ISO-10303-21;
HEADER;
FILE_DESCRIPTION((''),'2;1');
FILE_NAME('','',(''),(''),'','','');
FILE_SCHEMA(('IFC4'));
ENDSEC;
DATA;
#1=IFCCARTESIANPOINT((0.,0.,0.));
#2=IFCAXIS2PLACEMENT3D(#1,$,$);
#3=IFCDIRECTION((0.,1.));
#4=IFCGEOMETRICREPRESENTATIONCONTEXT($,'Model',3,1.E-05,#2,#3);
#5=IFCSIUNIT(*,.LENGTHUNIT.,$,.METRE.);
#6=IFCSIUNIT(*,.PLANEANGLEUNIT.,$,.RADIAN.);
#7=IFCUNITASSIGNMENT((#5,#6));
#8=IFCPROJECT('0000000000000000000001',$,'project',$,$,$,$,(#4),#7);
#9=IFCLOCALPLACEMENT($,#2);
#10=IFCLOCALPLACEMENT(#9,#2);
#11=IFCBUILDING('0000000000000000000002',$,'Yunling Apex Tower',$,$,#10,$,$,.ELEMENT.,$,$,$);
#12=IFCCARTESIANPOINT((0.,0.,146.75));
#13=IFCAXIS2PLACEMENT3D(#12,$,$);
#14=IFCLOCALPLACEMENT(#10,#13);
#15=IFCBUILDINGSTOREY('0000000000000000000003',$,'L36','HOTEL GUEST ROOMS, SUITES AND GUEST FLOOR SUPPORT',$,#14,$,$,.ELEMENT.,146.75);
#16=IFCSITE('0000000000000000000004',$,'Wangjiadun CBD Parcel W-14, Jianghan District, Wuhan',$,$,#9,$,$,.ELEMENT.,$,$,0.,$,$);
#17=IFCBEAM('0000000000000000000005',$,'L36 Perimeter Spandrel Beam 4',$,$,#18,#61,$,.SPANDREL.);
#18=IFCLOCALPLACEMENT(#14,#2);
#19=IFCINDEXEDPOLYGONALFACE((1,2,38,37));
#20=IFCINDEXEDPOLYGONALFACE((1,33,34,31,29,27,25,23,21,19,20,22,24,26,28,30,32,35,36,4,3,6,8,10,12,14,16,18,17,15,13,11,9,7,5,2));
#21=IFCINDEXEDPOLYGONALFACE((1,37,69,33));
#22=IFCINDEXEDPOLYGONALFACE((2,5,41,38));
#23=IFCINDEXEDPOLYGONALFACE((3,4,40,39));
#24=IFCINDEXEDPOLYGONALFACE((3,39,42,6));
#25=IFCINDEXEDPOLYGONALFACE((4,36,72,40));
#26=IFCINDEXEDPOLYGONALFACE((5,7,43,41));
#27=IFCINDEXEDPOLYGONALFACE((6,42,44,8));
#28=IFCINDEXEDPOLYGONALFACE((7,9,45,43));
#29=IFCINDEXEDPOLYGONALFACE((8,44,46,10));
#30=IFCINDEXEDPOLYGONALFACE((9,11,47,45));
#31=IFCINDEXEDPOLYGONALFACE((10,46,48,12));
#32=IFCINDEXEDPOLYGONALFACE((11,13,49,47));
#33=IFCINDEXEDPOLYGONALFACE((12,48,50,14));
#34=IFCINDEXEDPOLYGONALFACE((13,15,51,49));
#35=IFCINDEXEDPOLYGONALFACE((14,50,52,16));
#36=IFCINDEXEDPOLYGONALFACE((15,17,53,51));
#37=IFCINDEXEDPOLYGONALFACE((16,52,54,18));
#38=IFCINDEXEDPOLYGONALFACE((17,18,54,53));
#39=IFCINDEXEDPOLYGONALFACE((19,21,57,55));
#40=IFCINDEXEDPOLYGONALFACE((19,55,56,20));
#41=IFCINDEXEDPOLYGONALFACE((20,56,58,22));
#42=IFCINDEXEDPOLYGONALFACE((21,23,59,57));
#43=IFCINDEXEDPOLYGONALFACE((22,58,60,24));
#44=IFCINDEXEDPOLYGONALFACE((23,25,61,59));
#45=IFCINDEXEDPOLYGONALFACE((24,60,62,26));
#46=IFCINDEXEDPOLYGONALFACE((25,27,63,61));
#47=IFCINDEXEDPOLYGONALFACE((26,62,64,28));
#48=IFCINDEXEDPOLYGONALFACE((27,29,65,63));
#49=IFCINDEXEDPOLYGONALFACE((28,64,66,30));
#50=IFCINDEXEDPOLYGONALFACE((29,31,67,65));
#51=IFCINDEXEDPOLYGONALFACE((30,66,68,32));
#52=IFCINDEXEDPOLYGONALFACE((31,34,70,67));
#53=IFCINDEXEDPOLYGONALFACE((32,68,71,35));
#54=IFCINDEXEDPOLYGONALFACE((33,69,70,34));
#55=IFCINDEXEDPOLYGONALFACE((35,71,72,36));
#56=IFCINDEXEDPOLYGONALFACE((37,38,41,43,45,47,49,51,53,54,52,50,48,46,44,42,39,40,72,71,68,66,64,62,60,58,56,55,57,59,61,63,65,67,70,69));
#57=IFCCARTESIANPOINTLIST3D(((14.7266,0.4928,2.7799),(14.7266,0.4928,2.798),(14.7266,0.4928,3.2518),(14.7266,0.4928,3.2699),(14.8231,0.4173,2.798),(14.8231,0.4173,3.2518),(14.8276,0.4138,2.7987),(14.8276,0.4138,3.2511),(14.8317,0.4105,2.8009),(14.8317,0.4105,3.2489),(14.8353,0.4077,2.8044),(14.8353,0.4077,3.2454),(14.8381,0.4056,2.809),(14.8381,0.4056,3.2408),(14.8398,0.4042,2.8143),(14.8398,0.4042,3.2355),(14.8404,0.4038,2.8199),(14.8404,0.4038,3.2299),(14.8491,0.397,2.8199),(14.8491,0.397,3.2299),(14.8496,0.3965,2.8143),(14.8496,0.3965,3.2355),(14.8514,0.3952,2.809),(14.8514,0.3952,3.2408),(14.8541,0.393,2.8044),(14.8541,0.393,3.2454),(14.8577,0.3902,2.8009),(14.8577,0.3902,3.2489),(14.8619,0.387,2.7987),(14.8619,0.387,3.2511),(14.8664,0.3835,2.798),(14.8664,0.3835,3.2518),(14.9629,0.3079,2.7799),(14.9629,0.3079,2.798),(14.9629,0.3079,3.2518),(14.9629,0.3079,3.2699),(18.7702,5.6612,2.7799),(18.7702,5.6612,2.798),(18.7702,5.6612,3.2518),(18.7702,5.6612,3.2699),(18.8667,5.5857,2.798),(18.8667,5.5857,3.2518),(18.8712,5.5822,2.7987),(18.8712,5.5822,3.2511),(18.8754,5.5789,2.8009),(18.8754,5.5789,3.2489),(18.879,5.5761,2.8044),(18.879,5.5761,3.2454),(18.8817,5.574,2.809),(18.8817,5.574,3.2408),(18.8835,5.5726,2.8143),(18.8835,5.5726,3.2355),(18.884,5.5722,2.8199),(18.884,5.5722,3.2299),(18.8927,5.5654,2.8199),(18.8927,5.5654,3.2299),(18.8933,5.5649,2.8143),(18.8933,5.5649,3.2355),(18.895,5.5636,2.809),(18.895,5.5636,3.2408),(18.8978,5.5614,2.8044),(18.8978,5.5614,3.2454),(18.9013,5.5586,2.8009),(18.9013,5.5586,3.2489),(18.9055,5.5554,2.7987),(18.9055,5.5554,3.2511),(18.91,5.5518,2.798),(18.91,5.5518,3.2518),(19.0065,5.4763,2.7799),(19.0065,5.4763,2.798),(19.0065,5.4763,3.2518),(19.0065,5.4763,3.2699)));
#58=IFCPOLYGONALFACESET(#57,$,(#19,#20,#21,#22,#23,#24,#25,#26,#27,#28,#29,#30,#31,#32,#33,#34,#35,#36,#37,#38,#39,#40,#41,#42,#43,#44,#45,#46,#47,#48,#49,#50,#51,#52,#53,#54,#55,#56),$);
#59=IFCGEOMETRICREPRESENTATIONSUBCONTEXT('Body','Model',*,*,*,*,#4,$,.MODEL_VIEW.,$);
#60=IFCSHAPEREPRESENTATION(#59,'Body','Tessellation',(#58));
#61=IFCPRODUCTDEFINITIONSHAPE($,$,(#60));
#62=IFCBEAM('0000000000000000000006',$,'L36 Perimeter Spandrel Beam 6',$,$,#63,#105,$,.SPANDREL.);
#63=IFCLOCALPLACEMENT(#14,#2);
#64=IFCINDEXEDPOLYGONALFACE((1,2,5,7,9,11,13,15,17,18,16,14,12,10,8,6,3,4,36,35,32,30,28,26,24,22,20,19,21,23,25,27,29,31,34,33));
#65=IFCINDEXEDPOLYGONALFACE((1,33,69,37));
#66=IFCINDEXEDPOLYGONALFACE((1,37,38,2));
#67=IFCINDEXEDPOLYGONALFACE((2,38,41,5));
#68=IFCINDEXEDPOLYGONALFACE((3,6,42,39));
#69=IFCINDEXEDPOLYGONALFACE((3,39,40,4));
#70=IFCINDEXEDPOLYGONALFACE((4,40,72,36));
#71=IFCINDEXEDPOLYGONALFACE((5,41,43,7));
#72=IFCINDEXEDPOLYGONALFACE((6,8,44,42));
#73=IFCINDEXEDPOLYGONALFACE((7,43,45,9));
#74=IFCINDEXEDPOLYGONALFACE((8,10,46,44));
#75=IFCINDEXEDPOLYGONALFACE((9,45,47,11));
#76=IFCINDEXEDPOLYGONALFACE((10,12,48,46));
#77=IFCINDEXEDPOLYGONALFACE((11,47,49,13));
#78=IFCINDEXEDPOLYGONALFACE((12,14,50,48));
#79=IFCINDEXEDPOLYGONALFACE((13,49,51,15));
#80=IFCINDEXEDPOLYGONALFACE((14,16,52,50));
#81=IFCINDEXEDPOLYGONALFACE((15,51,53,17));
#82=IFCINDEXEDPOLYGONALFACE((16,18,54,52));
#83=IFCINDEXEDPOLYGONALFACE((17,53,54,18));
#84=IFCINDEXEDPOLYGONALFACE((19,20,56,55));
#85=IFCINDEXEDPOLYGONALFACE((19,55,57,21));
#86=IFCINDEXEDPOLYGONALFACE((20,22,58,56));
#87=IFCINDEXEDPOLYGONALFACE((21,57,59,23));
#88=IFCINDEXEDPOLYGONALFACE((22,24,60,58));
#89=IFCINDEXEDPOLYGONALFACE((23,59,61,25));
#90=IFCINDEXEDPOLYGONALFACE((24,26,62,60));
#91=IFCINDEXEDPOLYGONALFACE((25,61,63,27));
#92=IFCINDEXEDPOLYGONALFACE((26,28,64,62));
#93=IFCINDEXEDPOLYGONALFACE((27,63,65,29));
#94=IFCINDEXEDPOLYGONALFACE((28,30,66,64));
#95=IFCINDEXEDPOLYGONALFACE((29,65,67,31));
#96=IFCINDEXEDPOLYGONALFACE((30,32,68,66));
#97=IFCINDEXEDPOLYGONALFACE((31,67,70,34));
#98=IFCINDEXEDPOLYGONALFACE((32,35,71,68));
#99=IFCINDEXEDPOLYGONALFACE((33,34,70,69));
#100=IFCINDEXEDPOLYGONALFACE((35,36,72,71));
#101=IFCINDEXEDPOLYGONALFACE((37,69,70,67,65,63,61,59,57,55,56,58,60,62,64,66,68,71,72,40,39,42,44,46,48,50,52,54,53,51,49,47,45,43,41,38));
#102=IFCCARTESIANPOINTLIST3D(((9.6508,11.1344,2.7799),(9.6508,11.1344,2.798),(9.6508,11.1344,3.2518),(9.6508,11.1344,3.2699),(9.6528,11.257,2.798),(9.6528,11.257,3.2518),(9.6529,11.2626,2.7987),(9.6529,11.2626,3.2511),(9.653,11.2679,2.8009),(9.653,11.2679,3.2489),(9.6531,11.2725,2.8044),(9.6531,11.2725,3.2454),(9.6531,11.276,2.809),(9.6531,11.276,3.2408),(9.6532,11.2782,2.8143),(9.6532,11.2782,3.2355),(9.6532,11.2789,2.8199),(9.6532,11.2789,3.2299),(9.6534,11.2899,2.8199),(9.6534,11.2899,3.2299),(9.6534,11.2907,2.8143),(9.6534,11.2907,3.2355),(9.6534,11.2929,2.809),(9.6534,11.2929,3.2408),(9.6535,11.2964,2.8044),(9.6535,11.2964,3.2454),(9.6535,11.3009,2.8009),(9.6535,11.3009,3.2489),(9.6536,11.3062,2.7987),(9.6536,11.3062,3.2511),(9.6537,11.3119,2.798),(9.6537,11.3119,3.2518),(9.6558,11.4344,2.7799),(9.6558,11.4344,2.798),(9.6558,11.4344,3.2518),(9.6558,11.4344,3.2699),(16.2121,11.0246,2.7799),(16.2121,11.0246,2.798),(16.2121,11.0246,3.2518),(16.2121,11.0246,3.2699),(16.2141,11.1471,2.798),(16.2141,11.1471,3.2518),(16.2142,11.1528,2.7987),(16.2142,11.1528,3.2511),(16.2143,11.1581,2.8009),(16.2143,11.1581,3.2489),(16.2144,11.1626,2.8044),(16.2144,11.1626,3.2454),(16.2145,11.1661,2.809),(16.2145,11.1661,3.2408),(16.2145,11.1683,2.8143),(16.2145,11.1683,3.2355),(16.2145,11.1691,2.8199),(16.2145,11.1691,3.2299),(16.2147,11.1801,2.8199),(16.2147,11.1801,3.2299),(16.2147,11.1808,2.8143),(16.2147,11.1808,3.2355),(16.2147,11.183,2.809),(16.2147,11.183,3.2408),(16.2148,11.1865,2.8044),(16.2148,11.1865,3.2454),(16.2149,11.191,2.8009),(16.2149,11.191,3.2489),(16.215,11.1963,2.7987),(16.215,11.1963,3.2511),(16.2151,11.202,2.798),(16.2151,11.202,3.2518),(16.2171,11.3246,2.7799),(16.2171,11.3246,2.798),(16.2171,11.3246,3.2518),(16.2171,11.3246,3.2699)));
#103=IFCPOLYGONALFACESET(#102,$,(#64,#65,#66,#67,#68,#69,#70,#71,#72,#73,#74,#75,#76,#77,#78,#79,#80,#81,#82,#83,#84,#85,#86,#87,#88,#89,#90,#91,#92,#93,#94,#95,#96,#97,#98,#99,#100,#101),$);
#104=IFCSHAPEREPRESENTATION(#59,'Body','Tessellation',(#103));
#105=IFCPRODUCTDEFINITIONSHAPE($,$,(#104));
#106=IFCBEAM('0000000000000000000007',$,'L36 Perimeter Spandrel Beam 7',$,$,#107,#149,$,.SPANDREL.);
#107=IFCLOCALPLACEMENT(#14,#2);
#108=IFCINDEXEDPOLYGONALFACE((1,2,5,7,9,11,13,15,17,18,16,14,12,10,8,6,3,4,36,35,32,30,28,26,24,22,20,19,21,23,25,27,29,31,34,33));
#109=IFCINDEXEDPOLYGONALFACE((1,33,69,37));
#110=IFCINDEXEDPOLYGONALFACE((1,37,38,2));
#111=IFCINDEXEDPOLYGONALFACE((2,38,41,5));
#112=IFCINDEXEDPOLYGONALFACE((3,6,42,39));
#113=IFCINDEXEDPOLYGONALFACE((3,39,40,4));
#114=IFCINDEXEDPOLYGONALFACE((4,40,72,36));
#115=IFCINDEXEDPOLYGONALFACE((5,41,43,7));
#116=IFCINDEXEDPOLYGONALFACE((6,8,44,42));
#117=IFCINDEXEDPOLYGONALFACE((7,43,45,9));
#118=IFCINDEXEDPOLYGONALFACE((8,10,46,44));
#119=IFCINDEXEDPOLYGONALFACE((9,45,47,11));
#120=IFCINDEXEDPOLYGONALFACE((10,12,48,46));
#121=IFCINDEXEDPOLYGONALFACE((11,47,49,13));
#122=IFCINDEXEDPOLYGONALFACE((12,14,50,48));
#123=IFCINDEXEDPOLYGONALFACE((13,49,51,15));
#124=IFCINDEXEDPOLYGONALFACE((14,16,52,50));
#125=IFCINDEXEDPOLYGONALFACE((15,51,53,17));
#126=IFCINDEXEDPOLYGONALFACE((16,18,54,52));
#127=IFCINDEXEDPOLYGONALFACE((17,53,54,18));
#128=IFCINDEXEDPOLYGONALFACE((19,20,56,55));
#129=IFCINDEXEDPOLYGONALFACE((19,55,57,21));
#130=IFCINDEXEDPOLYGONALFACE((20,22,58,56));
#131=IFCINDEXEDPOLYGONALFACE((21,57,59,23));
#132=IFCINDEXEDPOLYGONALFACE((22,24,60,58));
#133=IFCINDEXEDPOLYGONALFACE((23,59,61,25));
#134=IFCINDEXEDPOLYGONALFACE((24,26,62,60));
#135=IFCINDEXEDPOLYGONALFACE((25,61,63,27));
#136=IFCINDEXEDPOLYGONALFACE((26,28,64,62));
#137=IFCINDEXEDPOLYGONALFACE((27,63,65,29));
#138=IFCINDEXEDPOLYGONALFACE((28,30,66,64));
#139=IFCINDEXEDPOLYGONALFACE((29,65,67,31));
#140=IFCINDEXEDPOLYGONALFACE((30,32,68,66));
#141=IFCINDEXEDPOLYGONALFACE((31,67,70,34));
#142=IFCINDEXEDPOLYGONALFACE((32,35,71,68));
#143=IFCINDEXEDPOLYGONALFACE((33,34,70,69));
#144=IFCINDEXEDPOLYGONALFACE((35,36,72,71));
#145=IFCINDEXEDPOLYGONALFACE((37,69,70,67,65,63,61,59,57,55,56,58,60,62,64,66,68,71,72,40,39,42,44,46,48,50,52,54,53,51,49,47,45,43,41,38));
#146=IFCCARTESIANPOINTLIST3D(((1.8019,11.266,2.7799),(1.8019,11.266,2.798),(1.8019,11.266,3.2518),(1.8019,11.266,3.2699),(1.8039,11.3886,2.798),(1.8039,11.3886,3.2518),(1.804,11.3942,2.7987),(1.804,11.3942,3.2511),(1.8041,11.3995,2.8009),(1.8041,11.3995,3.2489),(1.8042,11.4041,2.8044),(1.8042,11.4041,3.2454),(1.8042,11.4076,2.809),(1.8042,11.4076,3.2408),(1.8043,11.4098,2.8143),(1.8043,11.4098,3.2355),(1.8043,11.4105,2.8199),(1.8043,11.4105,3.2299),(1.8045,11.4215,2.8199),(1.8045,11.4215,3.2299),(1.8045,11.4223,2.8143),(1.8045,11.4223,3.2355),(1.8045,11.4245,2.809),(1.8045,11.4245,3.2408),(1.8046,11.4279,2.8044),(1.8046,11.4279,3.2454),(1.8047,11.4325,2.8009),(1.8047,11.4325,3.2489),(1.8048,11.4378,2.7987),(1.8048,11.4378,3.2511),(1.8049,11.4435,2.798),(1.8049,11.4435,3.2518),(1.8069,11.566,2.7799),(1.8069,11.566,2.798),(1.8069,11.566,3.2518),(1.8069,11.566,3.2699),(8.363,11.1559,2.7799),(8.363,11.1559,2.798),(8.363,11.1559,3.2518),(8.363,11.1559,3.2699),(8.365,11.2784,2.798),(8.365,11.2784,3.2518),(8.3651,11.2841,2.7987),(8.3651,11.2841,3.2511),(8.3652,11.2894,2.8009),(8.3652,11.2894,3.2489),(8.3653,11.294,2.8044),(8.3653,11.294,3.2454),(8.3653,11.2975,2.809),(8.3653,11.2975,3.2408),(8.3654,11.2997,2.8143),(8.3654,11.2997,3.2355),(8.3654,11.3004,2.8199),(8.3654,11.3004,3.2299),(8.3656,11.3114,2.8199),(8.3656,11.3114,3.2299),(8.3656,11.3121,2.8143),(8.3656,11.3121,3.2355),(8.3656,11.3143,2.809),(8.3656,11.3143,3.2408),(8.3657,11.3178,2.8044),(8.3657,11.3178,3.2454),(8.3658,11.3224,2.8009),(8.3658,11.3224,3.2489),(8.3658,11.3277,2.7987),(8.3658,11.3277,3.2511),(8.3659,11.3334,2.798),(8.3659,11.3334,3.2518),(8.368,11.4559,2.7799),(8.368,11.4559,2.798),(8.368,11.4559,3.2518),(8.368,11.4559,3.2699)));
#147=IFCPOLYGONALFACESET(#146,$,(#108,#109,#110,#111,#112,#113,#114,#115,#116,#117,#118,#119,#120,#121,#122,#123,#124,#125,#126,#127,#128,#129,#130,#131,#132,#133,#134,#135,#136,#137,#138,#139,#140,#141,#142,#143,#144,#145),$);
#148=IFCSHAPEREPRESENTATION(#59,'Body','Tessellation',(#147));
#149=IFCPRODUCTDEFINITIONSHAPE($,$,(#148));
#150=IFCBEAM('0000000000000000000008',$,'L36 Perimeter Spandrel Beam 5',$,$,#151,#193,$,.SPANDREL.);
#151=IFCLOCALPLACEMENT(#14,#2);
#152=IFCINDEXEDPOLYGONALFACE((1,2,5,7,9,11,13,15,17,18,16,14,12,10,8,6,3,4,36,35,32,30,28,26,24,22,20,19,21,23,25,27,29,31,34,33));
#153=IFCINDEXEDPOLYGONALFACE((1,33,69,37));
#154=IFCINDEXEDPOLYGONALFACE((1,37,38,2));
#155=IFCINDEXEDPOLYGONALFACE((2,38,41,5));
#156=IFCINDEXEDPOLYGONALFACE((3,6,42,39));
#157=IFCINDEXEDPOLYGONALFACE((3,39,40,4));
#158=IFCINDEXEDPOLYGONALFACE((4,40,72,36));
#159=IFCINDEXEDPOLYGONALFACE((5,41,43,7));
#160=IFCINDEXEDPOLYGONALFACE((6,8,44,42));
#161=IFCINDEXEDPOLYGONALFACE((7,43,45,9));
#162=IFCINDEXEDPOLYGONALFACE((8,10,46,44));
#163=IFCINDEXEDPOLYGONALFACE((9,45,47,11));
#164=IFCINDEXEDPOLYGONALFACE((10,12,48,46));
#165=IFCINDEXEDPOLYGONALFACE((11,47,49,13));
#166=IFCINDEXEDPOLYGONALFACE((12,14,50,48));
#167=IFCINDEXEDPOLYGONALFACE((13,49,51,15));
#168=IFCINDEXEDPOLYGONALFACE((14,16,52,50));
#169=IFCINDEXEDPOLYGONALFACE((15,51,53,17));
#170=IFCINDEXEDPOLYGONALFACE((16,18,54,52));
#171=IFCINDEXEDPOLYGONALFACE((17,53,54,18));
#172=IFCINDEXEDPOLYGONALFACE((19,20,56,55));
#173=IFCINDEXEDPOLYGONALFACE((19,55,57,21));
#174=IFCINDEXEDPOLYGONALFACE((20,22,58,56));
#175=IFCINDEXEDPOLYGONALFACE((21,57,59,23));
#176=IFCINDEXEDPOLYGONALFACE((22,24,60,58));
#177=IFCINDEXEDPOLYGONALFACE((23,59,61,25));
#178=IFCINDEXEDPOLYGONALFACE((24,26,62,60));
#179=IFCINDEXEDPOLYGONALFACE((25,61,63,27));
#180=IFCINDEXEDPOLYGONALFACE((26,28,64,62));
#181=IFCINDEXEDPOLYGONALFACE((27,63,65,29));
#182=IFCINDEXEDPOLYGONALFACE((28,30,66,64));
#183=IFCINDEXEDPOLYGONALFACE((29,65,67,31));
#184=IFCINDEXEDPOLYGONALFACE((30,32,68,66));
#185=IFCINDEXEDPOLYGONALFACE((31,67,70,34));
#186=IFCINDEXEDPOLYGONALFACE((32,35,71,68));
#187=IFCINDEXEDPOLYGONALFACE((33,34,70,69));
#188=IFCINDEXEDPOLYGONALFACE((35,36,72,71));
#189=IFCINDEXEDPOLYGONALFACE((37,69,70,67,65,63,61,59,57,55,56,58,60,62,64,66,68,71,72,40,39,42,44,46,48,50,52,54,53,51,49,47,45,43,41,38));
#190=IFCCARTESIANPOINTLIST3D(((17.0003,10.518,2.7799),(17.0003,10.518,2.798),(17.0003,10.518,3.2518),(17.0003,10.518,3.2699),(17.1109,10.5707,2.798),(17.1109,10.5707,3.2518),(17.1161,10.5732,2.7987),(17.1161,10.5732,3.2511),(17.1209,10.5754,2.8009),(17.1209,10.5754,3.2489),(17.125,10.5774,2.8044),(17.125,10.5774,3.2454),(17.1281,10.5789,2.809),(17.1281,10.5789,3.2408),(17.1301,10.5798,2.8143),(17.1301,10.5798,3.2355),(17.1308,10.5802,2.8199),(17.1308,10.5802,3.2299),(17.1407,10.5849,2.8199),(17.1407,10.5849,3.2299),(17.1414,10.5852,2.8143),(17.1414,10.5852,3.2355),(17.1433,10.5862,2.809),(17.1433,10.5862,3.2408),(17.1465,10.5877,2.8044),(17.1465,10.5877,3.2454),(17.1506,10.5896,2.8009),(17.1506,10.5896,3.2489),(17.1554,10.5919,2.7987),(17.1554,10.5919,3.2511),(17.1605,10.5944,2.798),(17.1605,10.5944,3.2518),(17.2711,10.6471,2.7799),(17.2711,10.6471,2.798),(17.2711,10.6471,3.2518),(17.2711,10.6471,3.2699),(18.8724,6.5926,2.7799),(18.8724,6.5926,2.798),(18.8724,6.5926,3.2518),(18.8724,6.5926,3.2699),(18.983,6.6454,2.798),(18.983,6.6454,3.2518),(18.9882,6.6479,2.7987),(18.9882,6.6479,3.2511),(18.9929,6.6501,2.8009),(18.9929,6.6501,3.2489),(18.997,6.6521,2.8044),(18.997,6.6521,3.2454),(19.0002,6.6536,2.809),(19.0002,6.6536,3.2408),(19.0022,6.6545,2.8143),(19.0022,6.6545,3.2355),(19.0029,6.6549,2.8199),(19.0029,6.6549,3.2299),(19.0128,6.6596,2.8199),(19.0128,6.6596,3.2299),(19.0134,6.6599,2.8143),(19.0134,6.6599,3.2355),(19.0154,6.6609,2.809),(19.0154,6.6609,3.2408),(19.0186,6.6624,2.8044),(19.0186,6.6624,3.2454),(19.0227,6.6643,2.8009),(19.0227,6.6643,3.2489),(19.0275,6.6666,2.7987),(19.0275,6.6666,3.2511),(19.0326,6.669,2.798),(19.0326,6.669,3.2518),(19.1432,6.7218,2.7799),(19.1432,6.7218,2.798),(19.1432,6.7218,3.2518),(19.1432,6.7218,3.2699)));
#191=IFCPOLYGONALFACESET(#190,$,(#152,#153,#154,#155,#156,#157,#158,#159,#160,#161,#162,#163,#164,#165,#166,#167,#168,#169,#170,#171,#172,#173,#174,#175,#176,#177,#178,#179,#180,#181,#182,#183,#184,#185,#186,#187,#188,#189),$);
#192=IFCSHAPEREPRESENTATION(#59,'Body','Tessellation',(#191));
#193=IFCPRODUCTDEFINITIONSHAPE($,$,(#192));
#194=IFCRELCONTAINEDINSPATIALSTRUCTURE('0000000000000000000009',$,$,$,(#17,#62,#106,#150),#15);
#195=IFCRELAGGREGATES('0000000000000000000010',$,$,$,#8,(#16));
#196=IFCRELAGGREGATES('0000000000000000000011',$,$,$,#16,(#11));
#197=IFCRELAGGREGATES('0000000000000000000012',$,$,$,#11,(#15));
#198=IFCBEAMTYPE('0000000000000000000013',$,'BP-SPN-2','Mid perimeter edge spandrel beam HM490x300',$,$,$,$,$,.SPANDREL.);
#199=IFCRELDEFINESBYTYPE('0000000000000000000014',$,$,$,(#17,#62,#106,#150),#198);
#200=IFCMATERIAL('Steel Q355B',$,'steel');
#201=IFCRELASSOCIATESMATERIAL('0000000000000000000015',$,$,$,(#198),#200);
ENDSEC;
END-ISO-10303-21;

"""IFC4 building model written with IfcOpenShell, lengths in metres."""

from ifc_helpers import new_model, si_unit, direction, frame, origin, origin_2d, place, context, subcontext, project, spatial, i_section, extrude, source, transform, mapped, material, material_profile, profile_set, type_object, element, save


model = new_model("IFC4")

# Units and contexts
model_context = context("Model", 3, precision=1e-05, world=origin(), true_north=direction((0.0, 1.0)))
body_context = subcontext(model_context, "Body", "Model", "MODEL_VIEW")
ifc_project = project(units=[si_unit("LENGTHUNIT", "METRE"), si_unit("PLANEANGLEUNIT", "RADIAN")], contexts=[model_context])

# Site, building, storey
site_placement = place(None, origin())
site = spatial("IfcSite", under=ifc_project, at=site_placement, Name="Wangjiadun CBD Parcel W-14, Jianghan District, Wuhan", CompositionType="ELEMENT", RefElevation=0.0)
building_placement = place(site_placement, origin())
building = spatial("IfcBuilding", under=site, at=building_placement, Name="Yunling Apex Tower", CompositionType="ELEMENT")
storey_placement = place(building_placement, frame((0.0, 0.0, 146.75)))
storey = spatial("IfcBuildingStorey", under=building, at=storey_placement, Name="L36", Description="HOTEL GUEST ROOMS, SUITES AND GUEST FLOOR SUPPORT", CompositionType="ELEMENT", Elevation=146.75)

# Beams
ifc_material_1 = material(Name="Steel Q355B", Category="steel")
ifc_material_profile_1 = material_profile(ifc_material_1, i_section(OverallWidth=0.3, OverallDepth=0.49, WebThickness=0.011, FlangeThickness=0.0181, FilletRadius=0.022, at=origin_2d()))
ifc_profile_set_1 = profile_set([ifc_material_profile_1], Name="Steel Q355B")
beam_type_1 = type_object("IfcBeamType", Name="BP-SPN-2", Description="Mid perimeter edge spandrel beam HM490x300", PredefinedType="SPANDREL", material=ifc_profile_set_1)
shared_shape_1 = source(origin(), body_context, "Body", "SweptSolid", [
    extrude(i_section(OverallWidth=0.3, OverallDepth=0.49, WebThickness=0.011, FlangeThickness=0.0181, FilletRadius=0.022, at=origin_2d()), origin(), (0.0, 0.0, 1.0), 6.5623),
])
for number, where, z_axis, x_axis, name in (
    (1, (14.8447, 0.4004, 3.0249), (0.616197, 0.787592, 0.0), (-0.787592, 0.616197, 0.0), "L36 Perimeter Spandrel Beam 4"),
    (2, (16.2146, 11.1746, 3.0249), (-0.99986, 0.016742, 0.0), (-0.016742, -0.99986, 0.0), "L36 Perimeter Spandrel Beam 6"),
):
    element("IfcBeam", number, at=place(storey_placement, frame(where, z_axis=z_axis, x_axis=x_axis)), inside=storey, type_object=beam_type_1, Name=name, PredefinedType="SPANDREL", context=body_context, shape_type="MappedRepresentation", body=[
        mapped(shared_shape_1, transform((0.0, 0.0, 0.0), scale=1.0)),
    ])
shared_shape_2 = source(origin(), body_context, "Body", "SweptSolid", [
    extrude(i_section(OverallWidth=0.3, OverallDepth=0.49, WebThickness=0.011, FlangeThickness=0.0181, FilletRadius=0.022, at=origin_2d()), origin(), (0.0, 0.0, 1.0), 6.562),
])
beam_1_placement = place(storey_placement, frame((8.3655, 11.3059, 3.0249), z_axis=(-0.999859, 0.01678, 0.0), x_axis=(-0.01678, -0.999859, 0.0)))
element("IfcBeam", 3, at=beam_1_placement, inside=storey, type_object=beam_type_1, Name="L36 Perimeter Spandrel Beam 7", PredefinedType="SPANDREL", context=body_context, shape_type="MappedRepresentation", body=[
    mapped(shared_shape_2, transform((0.0, 0.0, 0.0), scale=1.0)),
])
shared_shape_3 = source(origin(), body_context, "Body", "SweptSolid", [
    extrude(i_section(OverallWidth=0.3, OverallDepth=0.49, WebThickness=0.011, FlangeThickness=0.0181, FilletRadius=0.022, at=origin_2d()), origin(), (0.0, 0.0, 1.0), 4.3489),
])
beam_2_placement = place(storey_placement, frame((19.0078, 6.6572, 3.0249), z_axis=(-0.430474, 0.902603, 0.0), x_axis=(-0.902603, -0.430474, 0.0)))
element("IfcBeam", 4, at=beam_2_placement, inside=storey, type_object=beam_type_1, Name="L36 Perimeter Spandrel Beam 5", PredefinedType="SPANDREL", context=body_context, shape_type="MappedRepresentation", body=[
    mapped(shared_shape_3, transform((0.0, 0.0, 0.0), scale=1.0)),
])

save(model, "model.ifc")
